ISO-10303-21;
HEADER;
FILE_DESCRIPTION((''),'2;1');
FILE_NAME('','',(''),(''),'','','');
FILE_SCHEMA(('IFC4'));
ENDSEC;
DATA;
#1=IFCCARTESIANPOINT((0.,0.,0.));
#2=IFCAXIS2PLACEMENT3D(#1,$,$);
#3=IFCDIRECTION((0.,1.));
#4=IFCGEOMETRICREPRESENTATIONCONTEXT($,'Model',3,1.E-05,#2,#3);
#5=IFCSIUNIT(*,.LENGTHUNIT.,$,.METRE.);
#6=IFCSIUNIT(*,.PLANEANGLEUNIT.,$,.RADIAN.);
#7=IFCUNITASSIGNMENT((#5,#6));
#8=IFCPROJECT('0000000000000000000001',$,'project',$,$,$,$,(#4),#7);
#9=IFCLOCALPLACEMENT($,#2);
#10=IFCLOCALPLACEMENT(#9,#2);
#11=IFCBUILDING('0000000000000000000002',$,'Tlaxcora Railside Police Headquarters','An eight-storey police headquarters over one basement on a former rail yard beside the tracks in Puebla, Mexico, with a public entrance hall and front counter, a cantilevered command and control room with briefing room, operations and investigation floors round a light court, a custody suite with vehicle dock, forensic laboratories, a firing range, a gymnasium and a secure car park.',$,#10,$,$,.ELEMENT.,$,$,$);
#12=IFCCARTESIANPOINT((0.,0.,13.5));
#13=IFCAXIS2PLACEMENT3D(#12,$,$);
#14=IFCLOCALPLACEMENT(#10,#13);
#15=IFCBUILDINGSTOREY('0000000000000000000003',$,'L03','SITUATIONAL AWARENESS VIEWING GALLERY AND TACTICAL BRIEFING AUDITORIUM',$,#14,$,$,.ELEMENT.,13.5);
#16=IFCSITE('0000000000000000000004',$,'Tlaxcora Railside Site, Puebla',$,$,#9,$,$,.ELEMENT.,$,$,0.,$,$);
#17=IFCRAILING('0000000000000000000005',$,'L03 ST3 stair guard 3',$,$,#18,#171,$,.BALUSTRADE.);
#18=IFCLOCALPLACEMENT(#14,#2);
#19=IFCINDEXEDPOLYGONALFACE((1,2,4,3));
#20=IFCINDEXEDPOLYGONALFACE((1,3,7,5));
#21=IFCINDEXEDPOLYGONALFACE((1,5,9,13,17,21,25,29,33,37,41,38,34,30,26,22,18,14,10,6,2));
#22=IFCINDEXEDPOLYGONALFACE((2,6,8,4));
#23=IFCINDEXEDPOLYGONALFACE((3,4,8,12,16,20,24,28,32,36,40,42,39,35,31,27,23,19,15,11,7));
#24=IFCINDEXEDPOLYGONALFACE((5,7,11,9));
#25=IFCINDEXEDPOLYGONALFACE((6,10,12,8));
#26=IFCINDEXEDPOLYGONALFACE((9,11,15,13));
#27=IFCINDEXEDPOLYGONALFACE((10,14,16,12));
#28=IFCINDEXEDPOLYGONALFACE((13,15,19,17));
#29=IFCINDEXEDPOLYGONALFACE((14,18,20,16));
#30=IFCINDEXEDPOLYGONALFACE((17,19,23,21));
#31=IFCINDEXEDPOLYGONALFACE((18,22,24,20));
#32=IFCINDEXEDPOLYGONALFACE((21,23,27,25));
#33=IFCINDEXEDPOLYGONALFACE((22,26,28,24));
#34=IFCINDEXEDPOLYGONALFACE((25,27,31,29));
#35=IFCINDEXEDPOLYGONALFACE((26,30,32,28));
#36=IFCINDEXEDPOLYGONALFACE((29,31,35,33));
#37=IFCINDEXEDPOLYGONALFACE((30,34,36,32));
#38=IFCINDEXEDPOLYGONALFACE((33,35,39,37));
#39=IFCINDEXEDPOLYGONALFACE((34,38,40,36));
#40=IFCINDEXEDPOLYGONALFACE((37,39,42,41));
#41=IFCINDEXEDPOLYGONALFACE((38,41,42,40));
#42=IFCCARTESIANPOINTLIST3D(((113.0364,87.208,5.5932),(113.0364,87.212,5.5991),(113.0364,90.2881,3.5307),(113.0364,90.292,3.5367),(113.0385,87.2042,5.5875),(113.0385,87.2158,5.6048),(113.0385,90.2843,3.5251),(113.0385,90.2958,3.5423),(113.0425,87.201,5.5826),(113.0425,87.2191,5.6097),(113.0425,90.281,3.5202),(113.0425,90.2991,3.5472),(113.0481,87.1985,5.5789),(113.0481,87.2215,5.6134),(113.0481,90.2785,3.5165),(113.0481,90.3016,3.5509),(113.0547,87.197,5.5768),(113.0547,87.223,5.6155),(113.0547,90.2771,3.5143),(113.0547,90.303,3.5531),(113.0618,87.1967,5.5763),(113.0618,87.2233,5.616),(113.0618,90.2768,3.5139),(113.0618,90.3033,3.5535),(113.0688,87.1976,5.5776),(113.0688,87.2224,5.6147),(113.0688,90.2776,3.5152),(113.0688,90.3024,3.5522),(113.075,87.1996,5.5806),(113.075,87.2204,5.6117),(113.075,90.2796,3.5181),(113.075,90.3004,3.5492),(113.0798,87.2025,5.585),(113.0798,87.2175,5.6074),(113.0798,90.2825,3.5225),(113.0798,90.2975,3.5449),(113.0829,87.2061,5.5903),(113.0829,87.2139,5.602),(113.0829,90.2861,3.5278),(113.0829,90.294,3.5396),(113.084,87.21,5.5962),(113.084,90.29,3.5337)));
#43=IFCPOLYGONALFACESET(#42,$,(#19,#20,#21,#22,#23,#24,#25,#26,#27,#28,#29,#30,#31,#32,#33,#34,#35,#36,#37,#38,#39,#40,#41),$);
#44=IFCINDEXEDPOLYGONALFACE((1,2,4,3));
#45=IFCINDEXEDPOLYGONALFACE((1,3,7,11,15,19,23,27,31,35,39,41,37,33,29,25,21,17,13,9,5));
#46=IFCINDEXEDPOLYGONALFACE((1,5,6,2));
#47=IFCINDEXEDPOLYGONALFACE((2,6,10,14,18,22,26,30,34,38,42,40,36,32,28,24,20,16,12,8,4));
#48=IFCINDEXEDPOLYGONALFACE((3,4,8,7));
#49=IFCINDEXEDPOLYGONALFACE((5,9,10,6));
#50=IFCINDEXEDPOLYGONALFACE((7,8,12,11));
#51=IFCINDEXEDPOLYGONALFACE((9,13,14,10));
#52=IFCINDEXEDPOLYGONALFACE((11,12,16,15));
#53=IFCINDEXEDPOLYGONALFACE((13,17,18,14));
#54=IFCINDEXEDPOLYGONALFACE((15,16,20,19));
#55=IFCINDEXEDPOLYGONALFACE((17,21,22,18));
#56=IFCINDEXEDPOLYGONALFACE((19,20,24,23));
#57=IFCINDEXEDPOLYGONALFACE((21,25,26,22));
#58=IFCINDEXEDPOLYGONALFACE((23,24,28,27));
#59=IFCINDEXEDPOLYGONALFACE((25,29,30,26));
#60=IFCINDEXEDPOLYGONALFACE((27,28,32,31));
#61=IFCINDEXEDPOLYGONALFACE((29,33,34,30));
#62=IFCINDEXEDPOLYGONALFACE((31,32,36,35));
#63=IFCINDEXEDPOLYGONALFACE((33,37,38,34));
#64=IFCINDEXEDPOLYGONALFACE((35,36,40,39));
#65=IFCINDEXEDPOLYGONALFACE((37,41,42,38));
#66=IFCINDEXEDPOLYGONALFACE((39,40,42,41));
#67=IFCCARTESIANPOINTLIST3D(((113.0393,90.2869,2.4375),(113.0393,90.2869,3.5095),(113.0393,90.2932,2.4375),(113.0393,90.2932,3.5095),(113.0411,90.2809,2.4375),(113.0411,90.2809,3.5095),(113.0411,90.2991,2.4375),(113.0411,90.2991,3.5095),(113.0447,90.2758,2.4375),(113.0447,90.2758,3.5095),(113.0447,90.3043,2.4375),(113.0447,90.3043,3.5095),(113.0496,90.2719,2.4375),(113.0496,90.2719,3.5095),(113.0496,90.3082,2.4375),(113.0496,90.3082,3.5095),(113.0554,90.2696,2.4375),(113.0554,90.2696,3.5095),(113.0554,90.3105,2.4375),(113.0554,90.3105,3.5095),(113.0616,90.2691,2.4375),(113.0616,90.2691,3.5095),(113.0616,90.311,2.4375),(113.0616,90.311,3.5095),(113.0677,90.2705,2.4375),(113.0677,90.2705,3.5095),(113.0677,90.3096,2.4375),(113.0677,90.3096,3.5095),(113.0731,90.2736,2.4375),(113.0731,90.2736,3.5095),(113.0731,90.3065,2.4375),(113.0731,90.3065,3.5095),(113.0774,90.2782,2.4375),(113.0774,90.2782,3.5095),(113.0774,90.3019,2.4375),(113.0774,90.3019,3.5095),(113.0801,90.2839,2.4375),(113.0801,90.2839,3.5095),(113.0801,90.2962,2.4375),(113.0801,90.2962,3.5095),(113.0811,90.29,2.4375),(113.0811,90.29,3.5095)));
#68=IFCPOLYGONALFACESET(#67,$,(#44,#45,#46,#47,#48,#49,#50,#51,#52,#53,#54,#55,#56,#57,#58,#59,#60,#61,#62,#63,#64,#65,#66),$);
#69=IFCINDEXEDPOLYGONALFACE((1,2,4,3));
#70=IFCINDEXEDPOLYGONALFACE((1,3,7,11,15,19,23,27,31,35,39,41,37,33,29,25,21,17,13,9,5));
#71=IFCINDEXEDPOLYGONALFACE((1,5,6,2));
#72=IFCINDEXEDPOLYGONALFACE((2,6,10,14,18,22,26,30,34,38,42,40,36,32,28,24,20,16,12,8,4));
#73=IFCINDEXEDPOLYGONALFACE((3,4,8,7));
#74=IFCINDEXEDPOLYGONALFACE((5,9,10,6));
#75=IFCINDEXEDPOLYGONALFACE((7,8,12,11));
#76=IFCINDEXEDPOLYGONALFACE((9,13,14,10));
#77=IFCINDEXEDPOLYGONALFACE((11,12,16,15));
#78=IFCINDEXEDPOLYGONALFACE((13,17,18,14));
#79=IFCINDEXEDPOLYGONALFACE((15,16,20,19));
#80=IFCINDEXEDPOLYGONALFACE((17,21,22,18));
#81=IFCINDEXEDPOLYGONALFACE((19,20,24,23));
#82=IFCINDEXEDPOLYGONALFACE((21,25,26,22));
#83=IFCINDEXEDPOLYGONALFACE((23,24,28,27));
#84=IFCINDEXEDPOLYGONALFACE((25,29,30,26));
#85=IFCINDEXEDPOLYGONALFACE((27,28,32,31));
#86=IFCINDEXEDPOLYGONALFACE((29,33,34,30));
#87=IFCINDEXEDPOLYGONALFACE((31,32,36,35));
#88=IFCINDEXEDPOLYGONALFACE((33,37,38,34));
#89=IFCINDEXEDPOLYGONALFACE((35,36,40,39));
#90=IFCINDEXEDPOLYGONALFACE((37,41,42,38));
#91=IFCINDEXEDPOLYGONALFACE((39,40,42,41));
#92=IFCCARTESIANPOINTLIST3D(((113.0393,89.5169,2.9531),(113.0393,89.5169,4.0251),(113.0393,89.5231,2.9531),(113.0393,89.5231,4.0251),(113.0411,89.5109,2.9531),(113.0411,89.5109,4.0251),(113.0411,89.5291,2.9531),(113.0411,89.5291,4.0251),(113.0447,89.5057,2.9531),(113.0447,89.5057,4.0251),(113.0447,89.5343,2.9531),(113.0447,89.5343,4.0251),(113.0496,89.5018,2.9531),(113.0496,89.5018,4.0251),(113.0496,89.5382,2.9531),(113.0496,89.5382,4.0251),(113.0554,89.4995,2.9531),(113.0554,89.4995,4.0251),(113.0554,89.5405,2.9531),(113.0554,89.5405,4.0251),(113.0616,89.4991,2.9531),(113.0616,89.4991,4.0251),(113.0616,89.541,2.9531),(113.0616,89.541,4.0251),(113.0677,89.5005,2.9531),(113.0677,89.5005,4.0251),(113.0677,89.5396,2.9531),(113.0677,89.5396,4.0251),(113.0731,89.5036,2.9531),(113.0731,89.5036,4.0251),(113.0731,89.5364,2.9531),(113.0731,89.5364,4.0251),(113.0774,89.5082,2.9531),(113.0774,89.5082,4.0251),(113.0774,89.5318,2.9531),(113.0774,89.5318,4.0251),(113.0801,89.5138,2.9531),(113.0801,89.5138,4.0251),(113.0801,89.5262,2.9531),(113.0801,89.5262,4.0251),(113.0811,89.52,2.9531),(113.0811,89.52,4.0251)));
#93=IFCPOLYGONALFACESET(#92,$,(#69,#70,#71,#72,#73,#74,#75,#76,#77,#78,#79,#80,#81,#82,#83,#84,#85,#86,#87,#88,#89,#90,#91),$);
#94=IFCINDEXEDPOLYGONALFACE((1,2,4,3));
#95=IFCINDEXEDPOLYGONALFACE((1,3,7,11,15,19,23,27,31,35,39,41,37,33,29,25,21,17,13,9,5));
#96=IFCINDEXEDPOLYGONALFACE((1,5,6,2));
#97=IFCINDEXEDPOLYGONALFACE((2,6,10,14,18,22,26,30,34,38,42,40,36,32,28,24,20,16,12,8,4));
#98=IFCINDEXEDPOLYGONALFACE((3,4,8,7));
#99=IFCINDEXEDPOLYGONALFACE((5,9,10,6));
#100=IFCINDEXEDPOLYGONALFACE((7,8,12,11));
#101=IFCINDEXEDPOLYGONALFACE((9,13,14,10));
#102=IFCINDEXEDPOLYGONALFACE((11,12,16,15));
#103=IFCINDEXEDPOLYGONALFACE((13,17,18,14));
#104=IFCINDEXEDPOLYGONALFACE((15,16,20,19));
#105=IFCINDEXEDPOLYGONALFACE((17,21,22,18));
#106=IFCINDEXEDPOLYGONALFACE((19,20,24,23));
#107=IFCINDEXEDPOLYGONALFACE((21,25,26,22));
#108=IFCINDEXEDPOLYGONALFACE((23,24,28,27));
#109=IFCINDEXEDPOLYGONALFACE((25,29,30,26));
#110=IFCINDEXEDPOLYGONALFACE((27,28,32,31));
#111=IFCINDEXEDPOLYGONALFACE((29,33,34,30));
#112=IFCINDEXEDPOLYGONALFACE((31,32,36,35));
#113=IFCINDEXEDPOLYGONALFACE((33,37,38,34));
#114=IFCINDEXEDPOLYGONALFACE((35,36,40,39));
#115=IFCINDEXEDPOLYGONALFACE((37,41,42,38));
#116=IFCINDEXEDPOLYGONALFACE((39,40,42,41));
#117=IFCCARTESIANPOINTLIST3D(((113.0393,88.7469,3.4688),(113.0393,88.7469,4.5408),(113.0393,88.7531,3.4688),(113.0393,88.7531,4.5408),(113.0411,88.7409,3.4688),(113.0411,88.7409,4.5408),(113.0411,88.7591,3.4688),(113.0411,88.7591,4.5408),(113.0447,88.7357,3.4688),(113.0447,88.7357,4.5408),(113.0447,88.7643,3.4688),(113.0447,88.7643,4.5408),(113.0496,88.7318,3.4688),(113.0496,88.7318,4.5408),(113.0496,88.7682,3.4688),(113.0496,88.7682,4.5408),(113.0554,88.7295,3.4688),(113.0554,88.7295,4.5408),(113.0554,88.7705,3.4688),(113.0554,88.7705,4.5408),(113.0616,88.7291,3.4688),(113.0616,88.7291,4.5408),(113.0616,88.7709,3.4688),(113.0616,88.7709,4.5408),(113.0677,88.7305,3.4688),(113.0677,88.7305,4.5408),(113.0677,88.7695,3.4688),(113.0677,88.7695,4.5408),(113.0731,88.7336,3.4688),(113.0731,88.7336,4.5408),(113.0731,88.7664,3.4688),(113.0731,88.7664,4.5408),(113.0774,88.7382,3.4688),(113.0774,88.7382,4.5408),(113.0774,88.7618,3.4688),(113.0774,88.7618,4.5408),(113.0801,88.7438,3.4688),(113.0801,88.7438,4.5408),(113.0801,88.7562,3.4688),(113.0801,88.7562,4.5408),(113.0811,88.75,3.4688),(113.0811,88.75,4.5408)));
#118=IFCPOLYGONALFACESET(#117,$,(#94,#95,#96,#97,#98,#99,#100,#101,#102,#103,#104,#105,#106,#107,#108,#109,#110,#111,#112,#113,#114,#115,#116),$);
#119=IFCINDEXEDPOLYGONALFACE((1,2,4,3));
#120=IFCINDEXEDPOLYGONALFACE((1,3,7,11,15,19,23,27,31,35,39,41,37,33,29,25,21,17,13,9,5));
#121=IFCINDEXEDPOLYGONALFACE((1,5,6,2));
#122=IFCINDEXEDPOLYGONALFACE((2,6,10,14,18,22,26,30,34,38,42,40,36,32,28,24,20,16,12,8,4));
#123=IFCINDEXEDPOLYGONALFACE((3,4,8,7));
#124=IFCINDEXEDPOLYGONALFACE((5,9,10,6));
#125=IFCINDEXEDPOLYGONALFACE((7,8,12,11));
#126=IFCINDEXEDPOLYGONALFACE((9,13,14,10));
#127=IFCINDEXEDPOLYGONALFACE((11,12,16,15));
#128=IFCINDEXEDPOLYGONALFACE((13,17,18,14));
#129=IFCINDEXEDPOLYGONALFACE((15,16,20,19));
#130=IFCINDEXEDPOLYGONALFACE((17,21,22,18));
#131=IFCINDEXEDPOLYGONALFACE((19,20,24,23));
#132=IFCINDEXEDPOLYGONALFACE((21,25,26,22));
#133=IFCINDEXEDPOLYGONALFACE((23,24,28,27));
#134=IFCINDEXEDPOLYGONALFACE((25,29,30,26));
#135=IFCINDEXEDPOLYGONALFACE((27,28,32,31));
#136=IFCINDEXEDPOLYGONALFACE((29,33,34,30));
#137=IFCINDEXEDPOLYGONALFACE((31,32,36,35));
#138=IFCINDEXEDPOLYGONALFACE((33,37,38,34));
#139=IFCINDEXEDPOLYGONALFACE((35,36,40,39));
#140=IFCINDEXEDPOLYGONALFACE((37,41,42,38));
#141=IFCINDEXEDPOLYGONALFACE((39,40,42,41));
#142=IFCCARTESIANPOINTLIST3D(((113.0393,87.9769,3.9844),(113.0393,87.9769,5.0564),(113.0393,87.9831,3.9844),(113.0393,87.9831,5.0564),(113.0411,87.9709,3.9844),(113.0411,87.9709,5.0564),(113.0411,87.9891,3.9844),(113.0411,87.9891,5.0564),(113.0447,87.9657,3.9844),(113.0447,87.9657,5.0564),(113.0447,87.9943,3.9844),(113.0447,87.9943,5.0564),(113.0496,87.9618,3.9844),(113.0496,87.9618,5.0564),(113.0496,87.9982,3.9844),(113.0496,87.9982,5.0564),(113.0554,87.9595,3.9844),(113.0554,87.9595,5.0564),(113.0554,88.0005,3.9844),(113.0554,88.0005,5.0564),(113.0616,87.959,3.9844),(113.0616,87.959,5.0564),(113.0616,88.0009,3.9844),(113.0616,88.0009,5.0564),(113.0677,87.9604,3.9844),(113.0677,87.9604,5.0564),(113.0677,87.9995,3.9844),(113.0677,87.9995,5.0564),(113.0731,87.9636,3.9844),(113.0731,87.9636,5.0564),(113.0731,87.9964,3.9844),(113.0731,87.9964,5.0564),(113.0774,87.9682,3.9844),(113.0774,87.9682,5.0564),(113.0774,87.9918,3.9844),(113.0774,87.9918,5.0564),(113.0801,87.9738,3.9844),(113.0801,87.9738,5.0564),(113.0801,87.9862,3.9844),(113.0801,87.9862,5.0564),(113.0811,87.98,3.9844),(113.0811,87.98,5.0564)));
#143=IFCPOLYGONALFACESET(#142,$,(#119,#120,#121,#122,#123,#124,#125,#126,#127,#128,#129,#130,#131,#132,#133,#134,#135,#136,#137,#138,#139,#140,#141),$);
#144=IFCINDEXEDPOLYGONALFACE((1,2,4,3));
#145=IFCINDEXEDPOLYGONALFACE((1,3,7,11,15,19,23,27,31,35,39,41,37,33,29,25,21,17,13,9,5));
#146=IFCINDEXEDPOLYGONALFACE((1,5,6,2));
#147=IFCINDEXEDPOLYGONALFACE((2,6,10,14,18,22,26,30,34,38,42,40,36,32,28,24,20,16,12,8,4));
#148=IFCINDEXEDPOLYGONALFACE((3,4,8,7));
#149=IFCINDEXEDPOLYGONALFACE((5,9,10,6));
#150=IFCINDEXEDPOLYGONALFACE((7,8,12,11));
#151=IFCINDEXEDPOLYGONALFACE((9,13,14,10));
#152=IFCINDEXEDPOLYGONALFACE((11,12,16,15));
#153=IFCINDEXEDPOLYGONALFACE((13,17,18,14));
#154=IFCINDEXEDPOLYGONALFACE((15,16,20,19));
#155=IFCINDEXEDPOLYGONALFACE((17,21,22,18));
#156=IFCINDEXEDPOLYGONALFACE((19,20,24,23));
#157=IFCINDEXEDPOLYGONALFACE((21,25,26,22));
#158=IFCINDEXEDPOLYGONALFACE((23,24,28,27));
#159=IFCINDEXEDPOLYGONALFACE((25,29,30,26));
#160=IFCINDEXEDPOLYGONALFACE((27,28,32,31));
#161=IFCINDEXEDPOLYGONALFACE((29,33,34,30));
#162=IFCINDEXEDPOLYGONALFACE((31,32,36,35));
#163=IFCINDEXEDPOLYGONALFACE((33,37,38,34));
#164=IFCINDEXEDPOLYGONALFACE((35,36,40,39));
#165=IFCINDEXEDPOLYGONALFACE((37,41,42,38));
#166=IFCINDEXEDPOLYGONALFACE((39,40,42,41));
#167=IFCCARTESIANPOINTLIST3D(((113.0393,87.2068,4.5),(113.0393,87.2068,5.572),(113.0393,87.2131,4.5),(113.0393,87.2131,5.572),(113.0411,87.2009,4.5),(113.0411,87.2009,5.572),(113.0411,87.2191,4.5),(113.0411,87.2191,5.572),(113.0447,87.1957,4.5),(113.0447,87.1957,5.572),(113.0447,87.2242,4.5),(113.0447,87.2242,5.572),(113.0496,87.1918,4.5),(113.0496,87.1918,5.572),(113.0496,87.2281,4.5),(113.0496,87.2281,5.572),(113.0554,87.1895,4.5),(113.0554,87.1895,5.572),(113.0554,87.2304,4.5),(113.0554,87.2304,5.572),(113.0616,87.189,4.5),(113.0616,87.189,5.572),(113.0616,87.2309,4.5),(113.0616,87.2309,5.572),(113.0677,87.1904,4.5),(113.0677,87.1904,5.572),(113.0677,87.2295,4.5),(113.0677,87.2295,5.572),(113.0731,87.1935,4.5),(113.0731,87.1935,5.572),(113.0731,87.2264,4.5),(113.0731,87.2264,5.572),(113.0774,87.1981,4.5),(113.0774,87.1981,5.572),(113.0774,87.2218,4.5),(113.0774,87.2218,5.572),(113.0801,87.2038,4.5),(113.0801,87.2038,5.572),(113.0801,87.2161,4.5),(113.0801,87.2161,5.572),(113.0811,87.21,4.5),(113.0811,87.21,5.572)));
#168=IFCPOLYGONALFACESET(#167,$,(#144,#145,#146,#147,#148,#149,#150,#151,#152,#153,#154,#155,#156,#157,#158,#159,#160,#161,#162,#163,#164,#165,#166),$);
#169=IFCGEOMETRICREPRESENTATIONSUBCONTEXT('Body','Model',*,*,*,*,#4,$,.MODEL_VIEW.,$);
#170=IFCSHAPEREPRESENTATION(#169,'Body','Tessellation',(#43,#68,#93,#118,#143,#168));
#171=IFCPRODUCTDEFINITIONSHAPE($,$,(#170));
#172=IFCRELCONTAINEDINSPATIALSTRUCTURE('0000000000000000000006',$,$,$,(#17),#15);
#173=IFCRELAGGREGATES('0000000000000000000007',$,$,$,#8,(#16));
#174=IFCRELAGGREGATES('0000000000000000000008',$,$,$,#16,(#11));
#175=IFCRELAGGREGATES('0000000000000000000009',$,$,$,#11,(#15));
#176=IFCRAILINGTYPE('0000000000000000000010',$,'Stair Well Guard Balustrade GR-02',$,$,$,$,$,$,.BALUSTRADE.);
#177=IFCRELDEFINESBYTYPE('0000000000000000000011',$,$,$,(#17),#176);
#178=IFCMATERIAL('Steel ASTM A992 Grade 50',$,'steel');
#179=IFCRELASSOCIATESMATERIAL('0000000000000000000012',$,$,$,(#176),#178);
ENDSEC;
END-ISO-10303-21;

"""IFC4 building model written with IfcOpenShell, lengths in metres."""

from ifc_helpers import new_model, si_unit, direction, frame, origin, origin_2d, place, context, subcontext, project, spatial, circle, extrude, material, type_object, element, save


model = new_model("IFC4")

# Units and contexts
model_context = context("Model", 3, precision=1e-05, world=origin(), true_north=direction((0.0, 1.0)))
body_context = subcontext(model_context, "Body", "Model", "MODEL_VIEW")
ifc_project = project(units=[si_unit("LENGTHUNIT", "METRE"), si_unit("PLANEANGLEUNIT", "RADIAN")], contexts=[model_context])

# Site, building, storey
site_placement = place(None, origin())
site = spatial("IfcSite", under=ifc_project, at=site_placement, Name="Tlaxcora Railside Site, Puebla", CompositionType="ELEMENT", RefElevation=0.0)
building_placement = place(site_placement, origin())
building = spatial("IfcBuilding", under=site, at=building_placement, Name="Tlaxcora Railside Police Headquarters", Description="An eight-storey police headquarters over one basement on a former rail yard beside the tracks in Puebla, Mexico, with a public entrance hall and front counter, a cantilevered command and control room with briefing room, operations and investigation floors round a light court, a custody suite with vehicle dock, forensic laboratories, a firing range, a gymnasium and a secure car park.", CompositionType="ELEMENT")
storey_placement = place(building_placement, frame((0.0, 0.0, 13.5)))
storey = spatial("IfcBuildingStorey", under=building, at=storey_placement, Name="L03", Description="SITUATIONAL AWARENESS VIEWING GALLERY AND TACTICAL BRIEFING AUDITORIUM", CompositionType="ELEMENT", Elevation=13.5)

# Shared definitions
ifc_material_1 = material(Name="Steel ASTM A992 Grade 50", Category="steel")

# Railing
railing_type_1 = type_object("IfcRailingType", Name="Stair Well Guard Balustrade GR-02", PredefinedType="BALUSTRADE", material=ifc_material_1)
railing_1_placement = place(storey_placement, frame((113.0601, 90.29, 2.4375)))
element("IfcRailing", 1, at=railing_1_placement, inside=storey, type_object=railing_type_1, Name="L03 ST3 stair guard 3", PredefinedType="BALUSTRADE", context=body_context, shape_type="SweptSolid", body=[
    extrude(circle(Radius=0.0239, at=origin_2d()), frame((0.0, 0.0, 1.0962), z_axis=(0.0, -0.830914, 0.556401), x_axis=(1.0, 0.0, 0.0)), (0.0, 0.0, 1.0), 3.7068),
    extrude(circle(Radius=0.021, at=origin_2d()), origin(), (0.0, 0.0, 1.0), 1.072),
    extrude(circle(Radius=0.021, at=origin_2d()), frame((0.0, -0.77, 0.5156)), (0.0, 0.0, 1.0), 1.072),
    extrude(circle(Radius=0.021, at=origin_2d()), frame((0.0, -1.54, 1.0312)), (0.0, 0.0, 1.0), 1.072),
    extrude(circle(Radius=0.021, at=origin_2d()), frame((0.0, -2.3101, 1.5469)), (0.0, 0.0, 1.0), 1.072),
    extrude(circle(Radius=0.021, at=origin_2d()), frame((0.0, -3.0801, 2.0625)), (0.0, 0.0, 1.0), 1.072),
])

save(model, "model.ifc")
